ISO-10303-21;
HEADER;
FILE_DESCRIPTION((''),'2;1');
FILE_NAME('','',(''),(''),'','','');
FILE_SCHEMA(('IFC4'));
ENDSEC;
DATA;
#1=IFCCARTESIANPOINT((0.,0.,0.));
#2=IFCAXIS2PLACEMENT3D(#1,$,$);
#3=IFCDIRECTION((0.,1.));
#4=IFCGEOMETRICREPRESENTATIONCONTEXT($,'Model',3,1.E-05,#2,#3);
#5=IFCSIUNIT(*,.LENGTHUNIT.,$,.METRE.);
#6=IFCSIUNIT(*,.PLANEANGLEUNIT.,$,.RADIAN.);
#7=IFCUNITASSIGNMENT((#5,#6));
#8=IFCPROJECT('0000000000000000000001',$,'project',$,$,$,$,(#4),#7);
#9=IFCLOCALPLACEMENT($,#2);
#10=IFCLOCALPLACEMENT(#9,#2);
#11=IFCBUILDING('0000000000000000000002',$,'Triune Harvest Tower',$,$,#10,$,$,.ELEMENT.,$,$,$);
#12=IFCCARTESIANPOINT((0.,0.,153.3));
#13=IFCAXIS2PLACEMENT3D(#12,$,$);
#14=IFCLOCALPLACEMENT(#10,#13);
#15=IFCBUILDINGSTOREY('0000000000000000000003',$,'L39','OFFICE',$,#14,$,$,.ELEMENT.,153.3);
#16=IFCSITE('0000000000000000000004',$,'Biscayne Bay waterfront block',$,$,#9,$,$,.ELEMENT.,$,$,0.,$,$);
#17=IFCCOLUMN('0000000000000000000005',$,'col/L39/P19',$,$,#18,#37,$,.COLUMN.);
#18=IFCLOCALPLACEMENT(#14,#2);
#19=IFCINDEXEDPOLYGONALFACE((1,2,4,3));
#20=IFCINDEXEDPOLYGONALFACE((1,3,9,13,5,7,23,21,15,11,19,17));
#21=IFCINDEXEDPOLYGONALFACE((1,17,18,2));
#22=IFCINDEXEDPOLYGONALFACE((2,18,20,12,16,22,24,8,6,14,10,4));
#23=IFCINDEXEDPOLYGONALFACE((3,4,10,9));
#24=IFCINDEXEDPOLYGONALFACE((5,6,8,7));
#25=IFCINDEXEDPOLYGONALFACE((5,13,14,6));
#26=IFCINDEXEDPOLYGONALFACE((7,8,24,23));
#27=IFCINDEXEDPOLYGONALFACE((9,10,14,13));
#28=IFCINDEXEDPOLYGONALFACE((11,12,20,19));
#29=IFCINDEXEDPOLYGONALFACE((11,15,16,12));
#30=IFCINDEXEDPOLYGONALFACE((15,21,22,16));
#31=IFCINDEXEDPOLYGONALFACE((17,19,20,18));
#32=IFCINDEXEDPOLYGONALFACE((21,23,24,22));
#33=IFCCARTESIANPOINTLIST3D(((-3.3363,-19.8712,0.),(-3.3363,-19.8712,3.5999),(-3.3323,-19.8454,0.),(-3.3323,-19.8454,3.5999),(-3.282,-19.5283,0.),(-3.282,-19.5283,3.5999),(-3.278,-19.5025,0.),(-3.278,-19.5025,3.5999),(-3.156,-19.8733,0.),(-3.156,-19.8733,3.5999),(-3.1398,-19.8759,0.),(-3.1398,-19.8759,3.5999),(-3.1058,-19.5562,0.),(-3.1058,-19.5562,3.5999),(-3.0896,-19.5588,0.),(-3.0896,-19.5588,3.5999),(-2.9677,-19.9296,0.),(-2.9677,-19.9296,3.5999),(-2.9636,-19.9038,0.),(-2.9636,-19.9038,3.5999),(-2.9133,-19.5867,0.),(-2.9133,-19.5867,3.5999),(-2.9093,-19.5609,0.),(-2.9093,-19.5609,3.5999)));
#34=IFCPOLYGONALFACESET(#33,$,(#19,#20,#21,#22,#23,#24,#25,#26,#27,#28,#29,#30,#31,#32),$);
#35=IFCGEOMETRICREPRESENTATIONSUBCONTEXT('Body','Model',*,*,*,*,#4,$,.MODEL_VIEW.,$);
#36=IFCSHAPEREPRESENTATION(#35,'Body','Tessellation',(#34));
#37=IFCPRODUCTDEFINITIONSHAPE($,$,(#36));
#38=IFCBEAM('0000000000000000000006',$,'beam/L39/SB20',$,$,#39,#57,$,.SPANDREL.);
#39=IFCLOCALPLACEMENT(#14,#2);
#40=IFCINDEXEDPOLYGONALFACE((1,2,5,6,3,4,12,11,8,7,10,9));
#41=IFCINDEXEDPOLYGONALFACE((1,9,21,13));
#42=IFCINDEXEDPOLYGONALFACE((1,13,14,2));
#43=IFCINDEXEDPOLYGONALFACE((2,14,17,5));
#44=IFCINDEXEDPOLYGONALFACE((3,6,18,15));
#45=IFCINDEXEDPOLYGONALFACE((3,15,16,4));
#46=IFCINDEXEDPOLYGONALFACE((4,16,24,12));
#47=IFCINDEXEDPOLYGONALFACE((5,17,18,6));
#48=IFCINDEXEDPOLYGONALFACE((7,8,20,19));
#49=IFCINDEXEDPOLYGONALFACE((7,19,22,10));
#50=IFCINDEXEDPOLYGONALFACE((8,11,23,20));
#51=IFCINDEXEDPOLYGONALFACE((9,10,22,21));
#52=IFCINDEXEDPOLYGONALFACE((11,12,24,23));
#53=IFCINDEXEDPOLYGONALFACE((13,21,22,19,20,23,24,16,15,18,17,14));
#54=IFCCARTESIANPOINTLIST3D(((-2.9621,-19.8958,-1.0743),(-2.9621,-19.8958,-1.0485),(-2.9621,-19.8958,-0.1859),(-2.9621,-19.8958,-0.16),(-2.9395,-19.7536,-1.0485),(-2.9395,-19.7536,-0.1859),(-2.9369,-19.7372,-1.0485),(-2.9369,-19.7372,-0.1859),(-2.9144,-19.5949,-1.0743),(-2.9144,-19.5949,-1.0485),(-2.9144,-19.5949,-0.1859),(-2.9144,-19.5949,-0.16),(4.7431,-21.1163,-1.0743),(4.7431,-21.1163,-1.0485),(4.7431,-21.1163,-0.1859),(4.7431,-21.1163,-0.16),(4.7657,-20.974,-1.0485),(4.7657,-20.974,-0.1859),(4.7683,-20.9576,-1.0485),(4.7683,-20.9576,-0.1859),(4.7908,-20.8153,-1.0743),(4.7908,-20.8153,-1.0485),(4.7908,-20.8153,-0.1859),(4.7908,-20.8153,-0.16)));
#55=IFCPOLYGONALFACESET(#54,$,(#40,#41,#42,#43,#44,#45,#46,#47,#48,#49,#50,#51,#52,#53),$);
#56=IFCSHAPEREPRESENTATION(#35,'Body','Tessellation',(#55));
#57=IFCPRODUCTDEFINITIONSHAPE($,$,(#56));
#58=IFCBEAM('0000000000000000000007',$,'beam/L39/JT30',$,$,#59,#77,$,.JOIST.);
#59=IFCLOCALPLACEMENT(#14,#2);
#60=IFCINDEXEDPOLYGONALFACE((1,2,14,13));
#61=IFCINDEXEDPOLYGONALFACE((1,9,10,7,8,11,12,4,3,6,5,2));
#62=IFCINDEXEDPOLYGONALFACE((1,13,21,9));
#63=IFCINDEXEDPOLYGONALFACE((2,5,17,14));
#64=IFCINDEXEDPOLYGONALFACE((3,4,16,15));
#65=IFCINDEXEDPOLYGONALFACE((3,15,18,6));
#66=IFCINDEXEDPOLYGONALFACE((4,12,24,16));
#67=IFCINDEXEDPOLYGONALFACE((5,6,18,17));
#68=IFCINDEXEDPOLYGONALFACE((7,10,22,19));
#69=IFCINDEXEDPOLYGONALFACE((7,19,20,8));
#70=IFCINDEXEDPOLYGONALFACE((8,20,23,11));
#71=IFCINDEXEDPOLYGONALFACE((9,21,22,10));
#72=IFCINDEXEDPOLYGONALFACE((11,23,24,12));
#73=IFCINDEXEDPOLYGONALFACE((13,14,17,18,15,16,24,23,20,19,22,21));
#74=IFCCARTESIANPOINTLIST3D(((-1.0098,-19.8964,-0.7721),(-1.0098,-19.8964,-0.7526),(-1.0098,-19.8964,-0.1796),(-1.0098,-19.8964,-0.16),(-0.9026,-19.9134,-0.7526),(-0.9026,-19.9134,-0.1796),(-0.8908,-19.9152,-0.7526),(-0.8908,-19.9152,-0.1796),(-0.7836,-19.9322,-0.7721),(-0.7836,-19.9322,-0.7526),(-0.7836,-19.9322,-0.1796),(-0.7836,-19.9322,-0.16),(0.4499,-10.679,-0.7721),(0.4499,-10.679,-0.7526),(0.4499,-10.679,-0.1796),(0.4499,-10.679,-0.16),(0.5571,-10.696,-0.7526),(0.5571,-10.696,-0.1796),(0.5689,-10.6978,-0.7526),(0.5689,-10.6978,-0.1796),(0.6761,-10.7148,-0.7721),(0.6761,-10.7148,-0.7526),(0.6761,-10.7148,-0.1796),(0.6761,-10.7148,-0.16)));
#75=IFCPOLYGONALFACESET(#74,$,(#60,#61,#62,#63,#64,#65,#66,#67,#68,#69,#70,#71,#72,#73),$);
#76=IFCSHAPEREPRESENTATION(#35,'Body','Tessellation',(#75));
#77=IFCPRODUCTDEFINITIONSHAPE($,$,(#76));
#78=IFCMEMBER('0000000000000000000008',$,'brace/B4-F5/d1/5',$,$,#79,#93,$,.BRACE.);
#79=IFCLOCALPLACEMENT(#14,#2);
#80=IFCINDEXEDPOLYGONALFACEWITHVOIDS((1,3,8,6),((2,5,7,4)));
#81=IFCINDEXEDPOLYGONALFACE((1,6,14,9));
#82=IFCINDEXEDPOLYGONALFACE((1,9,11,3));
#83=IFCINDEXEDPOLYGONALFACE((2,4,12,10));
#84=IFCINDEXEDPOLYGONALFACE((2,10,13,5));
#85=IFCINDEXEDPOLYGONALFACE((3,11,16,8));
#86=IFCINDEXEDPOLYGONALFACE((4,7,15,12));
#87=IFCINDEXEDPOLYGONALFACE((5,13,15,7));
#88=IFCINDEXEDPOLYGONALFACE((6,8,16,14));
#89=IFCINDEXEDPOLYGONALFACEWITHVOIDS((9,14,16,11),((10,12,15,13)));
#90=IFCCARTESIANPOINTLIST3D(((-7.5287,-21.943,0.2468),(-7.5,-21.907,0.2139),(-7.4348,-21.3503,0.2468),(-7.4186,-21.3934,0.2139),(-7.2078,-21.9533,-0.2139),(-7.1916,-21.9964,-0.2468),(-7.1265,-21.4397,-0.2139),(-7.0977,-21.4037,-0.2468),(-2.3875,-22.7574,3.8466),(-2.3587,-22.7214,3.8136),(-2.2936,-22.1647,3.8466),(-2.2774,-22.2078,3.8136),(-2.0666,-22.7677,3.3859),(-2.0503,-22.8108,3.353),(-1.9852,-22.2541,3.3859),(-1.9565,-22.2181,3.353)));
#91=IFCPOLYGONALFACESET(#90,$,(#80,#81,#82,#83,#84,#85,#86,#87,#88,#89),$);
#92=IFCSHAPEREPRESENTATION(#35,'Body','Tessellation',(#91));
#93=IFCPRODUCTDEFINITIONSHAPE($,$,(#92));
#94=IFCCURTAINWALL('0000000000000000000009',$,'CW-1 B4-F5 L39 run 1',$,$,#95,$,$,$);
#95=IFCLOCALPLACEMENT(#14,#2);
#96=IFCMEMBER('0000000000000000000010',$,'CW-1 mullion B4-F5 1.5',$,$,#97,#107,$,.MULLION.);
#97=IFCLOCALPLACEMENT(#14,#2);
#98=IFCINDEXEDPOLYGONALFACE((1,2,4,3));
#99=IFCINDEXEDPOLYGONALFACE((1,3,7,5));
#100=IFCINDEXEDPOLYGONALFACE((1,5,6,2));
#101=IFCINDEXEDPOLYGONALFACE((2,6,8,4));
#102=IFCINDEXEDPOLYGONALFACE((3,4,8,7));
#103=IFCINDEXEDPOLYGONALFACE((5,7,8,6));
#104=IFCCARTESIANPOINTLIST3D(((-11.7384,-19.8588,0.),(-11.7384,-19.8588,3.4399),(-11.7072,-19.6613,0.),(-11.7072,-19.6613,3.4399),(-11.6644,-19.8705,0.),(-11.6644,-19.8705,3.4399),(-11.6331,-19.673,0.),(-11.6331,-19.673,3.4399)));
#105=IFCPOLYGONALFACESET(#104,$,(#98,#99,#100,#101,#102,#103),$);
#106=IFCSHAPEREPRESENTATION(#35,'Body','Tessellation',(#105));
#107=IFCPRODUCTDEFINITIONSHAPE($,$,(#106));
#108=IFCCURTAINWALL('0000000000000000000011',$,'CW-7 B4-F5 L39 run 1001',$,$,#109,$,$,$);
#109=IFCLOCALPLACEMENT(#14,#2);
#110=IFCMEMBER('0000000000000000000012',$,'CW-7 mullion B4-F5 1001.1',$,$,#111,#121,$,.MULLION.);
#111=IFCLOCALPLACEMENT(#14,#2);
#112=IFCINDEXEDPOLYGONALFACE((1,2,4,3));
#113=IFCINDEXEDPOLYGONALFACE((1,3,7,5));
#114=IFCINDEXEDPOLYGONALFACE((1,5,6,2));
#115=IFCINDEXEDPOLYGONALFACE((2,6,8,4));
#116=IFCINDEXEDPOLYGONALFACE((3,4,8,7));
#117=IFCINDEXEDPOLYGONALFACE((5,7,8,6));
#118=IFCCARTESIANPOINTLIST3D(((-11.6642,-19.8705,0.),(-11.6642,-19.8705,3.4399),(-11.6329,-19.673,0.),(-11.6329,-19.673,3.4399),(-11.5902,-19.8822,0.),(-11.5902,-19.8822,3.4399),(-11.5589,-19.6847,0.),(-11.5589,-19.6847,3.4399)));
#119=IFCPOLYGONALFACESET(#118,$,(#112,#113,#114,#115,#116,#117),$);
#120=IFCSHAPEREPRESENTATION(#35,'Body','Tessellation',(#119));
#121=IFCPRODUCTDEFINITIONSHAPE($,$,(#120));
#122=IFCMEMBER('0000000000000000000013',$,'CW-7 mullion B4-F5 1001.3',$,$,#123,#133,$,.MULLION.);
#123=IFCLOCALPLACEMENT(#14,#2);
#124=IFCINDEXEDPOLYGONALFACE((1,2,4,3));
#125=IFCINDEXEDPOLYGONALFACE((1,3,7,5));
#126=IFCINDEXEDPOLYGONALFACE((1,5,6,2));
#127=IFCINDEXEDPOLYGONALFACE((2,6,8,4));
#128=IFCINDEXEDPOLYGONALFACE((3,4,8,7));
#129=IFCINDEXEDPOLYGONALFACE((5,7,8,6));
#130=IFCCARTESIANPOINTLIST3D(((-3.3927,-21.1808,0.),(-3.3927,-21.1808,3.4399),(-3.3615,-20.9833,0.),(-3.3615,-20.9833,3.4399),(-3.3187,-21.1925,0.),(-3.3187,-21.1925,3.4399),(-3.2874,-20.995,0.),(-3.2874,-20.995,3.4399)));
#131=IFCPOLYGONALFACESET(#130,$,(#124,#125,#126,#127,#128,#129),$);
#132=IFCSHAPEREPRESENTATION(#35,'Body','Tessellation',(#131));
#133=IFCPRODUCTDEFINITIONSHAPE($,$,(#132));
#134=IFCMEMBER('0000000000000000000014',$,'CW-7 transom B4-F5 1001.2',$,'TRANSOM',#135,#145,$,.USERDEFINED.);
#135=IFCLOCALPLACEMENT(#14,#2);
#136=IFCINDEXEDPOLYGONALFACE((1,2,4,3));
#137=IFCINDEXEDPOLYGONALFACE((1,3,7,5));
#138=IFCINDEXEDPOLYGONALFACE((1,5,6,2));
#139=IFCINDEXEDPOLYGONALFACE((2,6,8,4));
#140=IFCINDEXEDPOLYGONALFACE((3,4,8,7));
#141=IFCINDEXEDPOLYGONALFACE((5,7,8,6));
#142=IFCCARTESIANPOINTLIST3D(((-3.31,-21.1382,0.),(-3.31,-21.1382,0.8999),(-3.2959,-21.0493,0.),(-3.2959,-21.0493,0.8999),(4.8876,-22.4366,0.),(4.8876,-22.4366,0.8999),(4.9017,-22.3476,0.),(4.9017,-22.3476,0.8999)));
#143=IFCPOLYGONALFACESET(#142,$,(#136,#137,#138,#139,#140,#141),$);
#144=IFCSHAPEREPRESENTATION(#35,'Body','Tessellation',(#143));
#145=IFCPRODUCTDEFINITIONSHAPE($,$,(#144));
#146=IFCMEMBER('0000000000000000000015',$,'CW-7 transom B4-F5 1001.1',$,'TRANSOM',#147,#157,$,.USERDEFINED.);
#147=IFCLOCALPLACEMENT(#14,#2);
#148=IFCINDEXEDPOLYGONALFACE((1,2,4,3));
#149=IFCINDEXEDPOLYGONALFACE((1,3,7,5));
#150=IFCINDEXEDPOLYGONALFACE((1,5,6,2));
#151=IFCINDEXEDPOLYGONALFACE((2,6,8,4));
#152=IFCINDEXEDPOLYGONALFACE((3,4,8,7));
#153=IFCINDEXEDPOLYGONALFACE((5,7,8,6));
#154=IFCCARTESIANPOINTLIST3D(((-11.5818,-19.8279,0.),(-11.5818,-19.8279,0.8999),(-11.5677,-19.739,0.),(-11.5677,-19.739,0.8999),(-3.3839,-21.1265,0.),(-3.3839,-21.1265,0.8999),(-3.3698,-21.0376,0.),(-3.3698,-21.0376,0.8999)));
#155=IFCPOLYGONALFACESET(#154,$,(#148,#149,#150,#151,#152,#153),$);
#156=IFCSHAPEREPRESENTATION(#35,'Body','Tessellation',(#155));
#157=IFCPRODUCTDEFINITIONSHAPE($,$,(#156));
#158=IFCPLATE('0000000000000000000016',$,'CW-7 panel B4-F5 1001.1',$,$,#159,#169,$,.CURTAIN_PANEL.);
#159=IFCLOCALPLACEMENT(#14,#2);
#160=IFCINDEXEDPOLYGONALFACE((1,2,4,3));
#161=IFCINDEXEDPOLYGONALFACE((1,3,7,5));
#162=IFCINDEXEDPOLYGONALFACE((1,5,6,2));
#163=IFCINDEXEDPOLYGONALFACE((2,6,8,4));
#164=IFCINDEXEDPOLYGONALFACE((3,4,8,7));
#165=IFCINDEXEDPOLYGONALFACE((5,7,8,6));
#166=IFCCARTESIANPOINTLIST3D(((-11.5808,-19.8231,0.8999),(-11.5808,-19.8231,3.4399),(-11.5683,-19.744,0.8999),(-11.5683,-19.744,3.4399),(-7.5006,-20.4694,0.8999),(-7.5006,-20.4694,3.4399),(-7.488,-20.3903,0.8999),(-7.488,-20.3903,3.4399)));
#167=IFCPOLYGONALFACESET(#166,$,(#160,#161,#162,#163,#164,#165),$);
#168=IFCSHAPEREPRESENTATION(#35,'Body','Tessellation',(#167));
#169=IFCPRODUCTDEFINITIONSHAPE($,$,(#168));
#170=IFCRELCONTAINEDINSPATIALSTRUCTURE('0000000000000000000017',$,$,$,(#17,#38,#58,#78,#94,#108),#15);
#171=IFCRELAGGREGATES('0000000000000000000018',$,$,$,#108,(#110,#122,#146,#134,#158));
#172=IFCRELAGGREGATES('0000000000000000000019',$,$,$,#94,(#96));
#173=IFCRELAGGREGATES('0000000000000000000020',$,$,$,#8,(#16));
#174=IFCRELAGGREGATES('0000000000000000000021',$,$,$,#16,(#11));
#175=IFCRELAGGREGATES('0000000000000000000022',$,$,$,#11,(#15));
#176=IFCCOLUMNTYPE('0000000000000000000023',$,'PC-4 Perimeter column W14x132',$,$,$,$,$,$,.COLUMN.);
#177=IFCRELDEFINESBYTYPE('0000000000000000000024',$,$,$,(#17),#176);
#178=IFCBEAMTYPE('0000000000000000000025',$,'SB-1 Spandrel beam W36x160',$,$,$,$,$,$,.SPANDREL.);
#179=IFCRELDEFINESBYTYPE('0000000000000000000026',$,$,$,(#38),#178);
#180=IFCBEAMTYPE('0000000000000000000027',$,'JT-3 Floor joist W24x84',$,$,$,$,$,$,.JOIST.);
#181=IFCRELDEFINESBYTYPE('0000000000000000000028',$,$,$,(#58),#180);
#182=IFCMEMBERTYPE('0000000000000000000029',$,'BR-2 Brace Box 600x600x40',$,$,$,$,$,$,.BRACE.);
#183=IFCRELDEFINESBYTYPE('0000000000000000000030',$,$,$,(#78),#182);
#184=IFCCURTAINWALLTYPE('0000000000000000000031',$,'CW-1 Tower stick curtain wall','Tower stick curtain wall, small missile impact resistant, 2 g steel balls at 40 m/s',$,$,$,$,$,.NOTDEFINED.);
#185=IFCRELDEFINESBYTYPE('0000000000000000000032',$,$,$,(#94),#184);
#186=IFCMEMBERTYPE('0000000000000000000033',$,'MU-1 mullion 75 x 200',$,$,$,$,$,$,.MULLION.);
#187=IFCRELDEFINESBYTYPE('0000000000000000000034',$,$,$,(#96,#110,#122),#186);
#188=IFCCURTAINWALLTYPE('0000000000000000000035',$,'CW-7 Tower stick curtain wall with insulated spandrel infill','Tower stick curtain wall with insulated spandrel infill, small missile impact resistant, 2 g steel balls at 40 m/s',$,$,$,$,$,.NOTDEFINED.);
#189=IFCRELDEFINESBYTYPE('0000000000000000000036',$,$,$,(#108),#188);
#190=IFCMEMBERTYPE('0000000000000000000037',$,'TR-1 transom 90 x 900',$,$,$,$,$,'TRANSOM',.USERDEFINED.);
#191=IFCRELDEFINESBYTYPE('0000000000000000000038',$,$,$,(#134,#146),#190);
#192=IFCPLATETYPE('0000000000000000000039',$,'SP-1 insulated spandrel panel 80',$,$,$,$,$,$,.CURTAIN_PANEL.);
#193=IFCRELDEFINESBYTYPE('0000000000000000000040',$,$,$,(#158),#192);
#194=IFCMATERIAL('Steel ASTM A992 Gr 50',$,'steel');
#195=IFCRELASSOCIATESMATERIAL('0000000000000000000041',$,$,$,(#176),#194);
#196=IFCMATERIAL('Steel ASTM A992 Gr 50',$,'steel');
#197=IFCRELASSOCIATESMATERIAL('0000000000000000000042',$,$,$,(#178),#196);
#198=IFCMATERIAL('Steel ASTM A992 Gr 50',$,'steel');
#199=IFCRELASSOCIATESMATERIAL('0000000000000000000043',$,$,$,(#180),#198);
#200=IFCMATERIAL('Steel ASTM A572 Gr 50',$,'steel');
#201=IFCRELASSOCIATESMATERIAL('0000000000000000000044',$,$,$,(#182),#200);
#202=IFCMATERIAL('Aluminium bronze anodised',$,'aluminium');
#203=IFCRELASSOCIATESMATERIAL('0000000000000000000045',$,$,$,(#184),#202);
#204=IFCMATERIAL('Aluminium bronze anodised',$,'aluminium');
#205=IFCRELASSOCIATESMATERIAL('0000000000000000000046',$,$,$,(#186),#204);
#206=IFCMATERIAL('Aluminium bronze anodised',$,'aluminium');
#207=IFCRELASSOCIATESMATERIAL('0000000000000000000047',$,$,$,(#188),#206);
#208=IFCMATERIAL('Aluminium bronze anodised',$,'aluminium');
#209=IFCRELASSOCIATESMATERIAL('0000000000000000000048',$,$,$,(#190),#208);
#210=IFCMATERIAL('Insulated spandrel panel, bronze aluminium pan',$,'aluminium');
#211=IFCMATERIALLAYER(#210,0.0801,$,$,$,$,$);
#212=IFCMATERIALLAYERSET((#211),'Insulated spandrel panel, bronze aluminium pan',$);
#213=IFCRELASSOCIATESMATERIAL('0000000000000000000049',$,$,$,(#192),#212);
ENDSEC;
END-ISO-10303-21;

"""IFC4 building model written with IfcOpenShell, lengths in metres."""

from ifc_helpers import new_model, si_unit, direction, frame, origin, origin_2d, place, context, subcontext, project, spatial, rectangle, hollow_rectangle, i_section, extrude, source, transform, mapped, material, layer, layer_set, material_profile, profile_set, type_object, element, aggregate, save


model = new_model("IFC4")

# Units and contexts
model_context = context("Model", 3, precision=1e-05, world=origin(), true_north=direction((0.0, 1.0)))
body_context = subcontext(model_context, "Body", "Model", "MODEL_VIEW")
ifc_project = project(units=[si_unit("LENGTHUNIT", "METRE"), si_unit("PLANEANGLEUNIT", "RADIAN")], contexts=[model_context])

# Site, building, storey
site_placement = place(None, origin())
site = spatial("IfcSite", under=ifc_project, at=site_placement, Name="Biscayne Bay waterfront block", CompositionType="ELEMENT", RefElevation=0.0)
building_placement = place(site_placement, origin())
building = spatial("IfcBuilding", under=site, at=building_placement, Name="Triune Harvest Tower", CompositionType="ELEMENT")
storey_placement = place(building_placement, frame((0.0, 0.0, 153.3)))
storey = spatial("IfcBuildingStorey", under=building, at=storey_placement, Name="L39", Description="OFFICE", CompositionType="ELEMENT", Elevation=153.3)

# Column
ifc_material_1 = material(Name="Steel ASTM A992 Gr 50", Category="steel")
ifc_material_profile_1 = material_profile(ifc_material_1, i_section(OverallWidth=0.3733, OverallDepth=0.3733, WebThickness=0.0164, FlangeThickness=0.0261, at=origin_2d()), Name="W14x132")
ifc_profile_set_1 = profile_set([ifc_material_profile_1], Name="Steel ASTM A992 Gr 50")
column_type = type_object("IfcColumnType", Name="PC-4 Perimeter column W14x132", PredefinedType="COLUMN", material=ifc_profile_set_1)
shared_shape_1 = source(origin(), body_context, "Body", "SweptSolid", [
    extrude(i_section(OverallWidth=0.3733, OverallDepth=0.3733, WebThickness=0.0164, FlangeThickness=0.0261, at=origin_2d()), origin(), (0.0, 0.0, 1.0), 3.5999),
])
column_placement = place(storey_placement, frame((-3.1228, -19.7161, 0.0), z_axis=(0.0, 0.0, 1.0), x_axis=(0.987688, -0.156434, 0.0)))
element("IfcColumn", 1, at=column_placement, inside=storey, type_object=column_type, Name="col/L39/P19", PredefinedType="COLUMN", context=body_context, shape_type="MappedRepresentation", body=[
    mapped(shared_shape_1, transform((0.0, 0.0, 0.0), scale=1.0)),
])

# Beams
ifc_material_2 = material(Name="Steel ASTM A992 Gr 50", Category="steel")
ifc_material_profile_2 = material_profile(ifc_material_2, i_section(OverallWidth=0.3047, OverallDepth=0.9143, WebThickness=0.0166, FlangeThickness=0.0259, at=origin_2d()), Name="W36x160")
ifc_profile_set_2 = profile_set([ifc_material_profile_2], Name="Steel ASTM A992 Gr 50")
beam_type_1 = type_object("IfcBeamType", Name="SB-1 Spandrel beam W36x160", PredefinedType="SPANDREL", material=ifc_profile_set_2)
shared_shape_2 = source(origin(), body_context, "Body", "SweptSolid", [
    extrude(i_section(OverallWidth=0.3047, OverallDepth=0.9143, WebThickness=0.0166, FlangeThickness=0.0259, at=origin_2d()), origin(), (0.0, 0.0, 1.0), 7.8013),
])
beam_1_placement = place(storey_placement, frame((-2.9382, -19.7454, -0.6172), z_axis=(0.987687, -0.156441, 0.0), x_axis=(0.156441, 0.987687, 0.0)))
element("IfcBeam", 2, at=beam_1_placement, inside=storey, type_object=beam_type_1, Name="beam/L39/SB20", PredefinedType="SPANDREL", context=body_context, shape_type="MappedRepresentation", body=[
    mapped(shared_shape_2, transform((0.0, 0.0, 0.0), scale=1.0)),
])
ifc_material_3 = material(Name="Steel ASTM A992 Gr 50", Category="steel")
ifc_material_profile_3 = material_profile(ifc_material_3, i_section(OverallWidth=0.229, OverallDepth=0.6121, WebThickness=0.012, FlangeThickness=0.0195, at=origin_2d()), Name="W24x84")
ifc_profile_set_3 = profile_set([ifc_material_profile_3], Name="Steel ASTM A992 Gr 50")
beam_type_2 = type_object("IfcBeamType", Name="JT-3 Floor joist W24x84", PredefinedType="JOIST", material=ifc_profile_set_3)
shared_shape_3 = source(origin(), body_context, "Body", "SweptSolid", [
    extrude(i_section(OverallWidth=0.229, OverallDepth=0.6121, WebThickness=0.012, FlangeThickness=0.0195, at=origin_2d()), origin(), (0.0, 0.0, 1.0), 9.3323),
])
beam_2_placement = place(storey_placement, frame((-0.8967, -19.9143, -0.4661), z_axis=(0.156418, 0.987691, 0.0), x_axis=(-0.987691, 0.156418, 0.0)))
element("IfcBeam", 3, at=beam_2_placement, inside=storey, type_object=beam_type_2, Name="beam/L39/JT30", PredefinedType="JOIST", context=body_context, shape_type="MappedRepresentation", body=[
    mapped(shared_shape_3, transform((0.0, 0.0, 0.0), scale=1.0)),
])

# Member
ifc_material_4 = material(Name="Steel ASTM A572 Gr 50", Category="steel")
ifc_material_profile_4 = material_profile(ifc_material_4, hollow_rectangle(XDim=0.6001, YDim=0.6001, WallThickness=0.04, at=origin_2d()), Name="Box 600x600x40")
ifc_profile_set_4 = profile_set([ifc_material_profile_4], Name="Steel ASTM A572 Gr 50")
member_type_1 = type_object("IfcMemberType", Name="BR-2 Brace Box 600x600x40", PredefinedType="BRACE", material=ifc_profile_set_4)
shared_shape_4 = source(origin(), body_context, "Body", "SweptSolid", [
    extrude(hollow_rectangle(XDim=0.6001, YDim=0.6001, WallThickness=0.04, at=origin_2d()), origin(), (0.0, 0.0, 1.0), 6.3289),
])
member_1_placement = place(storey_placement, frame((-7.3132, -21.6733, 0.0), z_axis=(0.812353, -0.128687, 0.56879), x_axis=(0.156461, 0.987684, 0.0)))
element("IfcMember", 4, at=member_1_placement, inside=storey, type_object=member_type_1, Name="brace/B4-F5/d1/5", PredefinedType="BRACE", context=body_context, shape_type="MappedRepresentation", body=[
    mapped(shared_shape_4, transform((0.0, 0.0, 0.0), scale=1.0)),
])

# Curtain wall, member
ifc_material_5 = material(Name="Aluminium bronze anodised", Category="aluminium")
curtain_wall_type_1 = type_object("IfcCurtainWallType", Name="CW-1 Tower stick curtain wall", Description="Tower stick curtain wall, small missile impact resistant, 2 g steel balls at 40 m/s", PredefinedType="NOTDEFINED", material=ifc_material_5)
curtain_wall_1_placement = place(storey_placement, origin())
curtain_wall_1 = element("IfcCurtainWall", 5, at=curtain_wall_1_placement, inside=storey, type_object=curtain_wall_type_1, Name="CW-1 B4-F5 L39 run 1")
ifc_material_6 = material(Name="Aluminium bronze anodised", Category="aluminium")
ifc_material_profile_5 = material_profile(ifc_material_6, rectangle(XDim=0.2, YDim=0.075, at=origin_2d()), Name="MU-1 mullion 75 x 200")
ifc_profile_set_5 = profile_set([ifc_material_profile_5], Name="Aluminium bronze anodised")
member_type_2 = type_object("IfcMemberType", Name="MU-1 mullion 75 x 200", PredefinedType="MULLION", material=ifc_profile_set_5)
shared_shape_5 = source(origin(), body_context, "Body", "SweptSolid", [
    extrude(rectangle(XDim=0.2, YDim=0.075, at=origin_2d()), origin(), (0.0, 0.0, 1.0), 3.4399),
])
member_2_placement = place(storey_placement, frame((-11.6858, -19.7659, 0.0), z_axis=(0.0, 0.0, 1.0), x_axis=(0.156433, 0.987689, 0.0)))
member_2 = element("IfcMember", 6, at=member_2_placement, type_object=member_type_2, Name="CW-1 mullion B4-F5 1.5", PredefinedType="MULLION", context=body_context, shape_type="MappedRepresentation", body=[
    mapped(shared_shape_5, transform((0.0, 0.0, 0.0), scale=1.0)),
])

# Curtain wall, members, plate
ifc_material_7 = material(Name="Aluminium bronze anodised", Category="aluminium")
curtain_wall_type_2 = type_object("IfcCurtainWallType", Name="CW-7 Tower stick curtain wall with insulated spandrel infill", Description="Tower stick curtain wall with insulated spandrel infill, small missile impact resistant, 2 g steel balls at 40 m/s", PredefinedType="NOTDEFINED", material=ifc_material_7)
curtain_wall_2_placement = place(storey_placement, origin())
curtain_wall_2 = element("IfcCurtainWall", 7, at=curtain_wall_2_placement, inside=storey, type_object=curtain_wall_type_2, Name="CW-7 B4-F5 L39 run 1001")
member_3_placement = place(storey_placement, frame((-11.6116, -19.7776, 0.0), z_axis=(0.0, 0.0, 1.0), x_axis=(0.156438, 0.987688, 0.0)))
member_3 = element("IfcMember", 8, at=member_3_placement, type_object=member_type_2, Name="CW-7 mullion B4-F5 1001.1", PredefinedType="MULLION", context=body_context, shape_type="MappedRepresentation", body=[
    mapped(shared_shape_5, transform((0.0, 0.0, 0.0), scale=1.0)),
])
member_4_placement = place(storey_placement, frame((-3.3401, -21.0879, 0.0), z_axis=(0.0, 0.0, 1.0), x_axis=(0.156438, 0.987688, 0.0)))
member_4 = element("IfcMember", 9, at=member_4_placement, type_object=member_type_2, Name="CW-7 mullion B4-F5 1001.3", PredefinedType="MULLION", context=body_context, shape_type="MappedRepresentation", body=[
    mapped(shared_shape_5, transform((0.0, 0.0, 0.0), scale=1.0)),
])
ifc_material_8 = material(Name="Aluminium bronze anodised", Category="aluminium")
ifc_material_profile_6 = material_profile(ifc_material_8, rectangle(XDim=0.0901, YDim=0.8999, at=origin_2d()), Name="TR-1 transom 90 x 900")
ifc_profile_set_6 = profile_set([ifc_material_profile_6], Name="Aluminium bronze anodised")
member_type_3 = type_object("IfcMemberType", Name="TR-1 transom 90 x 900", ElementType="TRANSOM", PredefinedType="USERDEFINED", material=ifc_profile_set_6)
shared_shape_6 = source(origin(), body_context, "Body", "SweptSolid", [
    extrude(rectangle(XDim=0.0901, YDim=0.8999, at=origin_2d()), origin(), (0.0, 0.0, 1.0), 8.2998),
])
member_5_placement = place(storey_placement, frame((-3.303, -21.0938, 0.45), z_axis=(0.987689, -0.156432, 0.0), x_axis=(0.156432, 0.987689, 0.0)))
member_5 = element("IfcMember", 10, at=member_5_placement, type_object=member_type_3, Name="CW-7 transom B4-F5 1001.2", ObjectType="TRANSOM", PredefinedType="USERDEFINED", context=body_context, shape_type="MappedRepresentation", body=[
    mapped(shared_shape_6, transform((0.0, 0.0, 0.0), scale=1.0)),
])
shared_shape_7 = source(origin(), body_context, "Body", "SweptSolid", [
    extrude(rectangle(XDim=0.0901, YDim=0.8999, at=origin_2d()), origin(), (0.0, 0.0, 1.0), 8.3),
])
member_6_placement = place(storey_placement, frame((-11.5747, -19.7834, 0.45), z_axis=(0.987685, -0.156456, 0.0), x_axis=(0.156456, 0.987685, 0.0)))
member_6 = element("IfcMember", 11, at=member_6_placement, type_object=member_type_3, Name="CW-7 transom B4-F5 1001.1", ObjectType="TRANSOM", PredefinedType="USERDEFINED", context=body_context, shape_type="MappedRepresentation", body=[
    mapped(shared_shape_7, transform((0.0, 0.0, 0.0), scale=1.0)),
])
ifc_material_9 = material(Name="Insulated spandrel panel, bronze aluminium pan", Category="aluminium")
ifc_layer_1 = layer(ifc_material_9, 0.0801)
ifc_layer_set_1 = layer_set([ifc_layer_1], Name="Insulated spandrel panel, bronze aluminium pan")
plate_type_1 = type_object("IfcPlateType", Name="SP-1 insulated spandrel panel 80", PredefinedType="CURTAIN_PANEL", material=ifc_layer_set_1)
shared_shape_8 = source(origin(), body_context, "Body", "SweptSolid", [
    extrude(rectangle(XDim=4.1311, YDim=0.0801, at=origin_2d()), origin(), (0.0, 0.0, 1.0), 2.54),
])
plate_1_placement = place(storey_placement, frame((-9.5344, -20.1067, 0.8999), z_axis=(0.0, 0.0, 1.0), x_axis=(0.987688, -0.156438, 0.0)))
plate_1 = element("IfcPlate", 12, at=plate_1_placement, type_object=plate_type_1, Name="CW-7 panel B4-F5 1001.1", PredefinedType="CURTAIN_PANEL", context=body_context, shape_type="MappedRepresentation", body=[
    mapped(shared_shape_8, transform((0.0, 0.0, 0.0), scale=1.0)),
])
aggregate(curtain_wall_2, [member_3, member_4, member_6, member_5, plate_1])

aggregate(curtain_wall_1, [member_2])

save(model, "model.ifc")
